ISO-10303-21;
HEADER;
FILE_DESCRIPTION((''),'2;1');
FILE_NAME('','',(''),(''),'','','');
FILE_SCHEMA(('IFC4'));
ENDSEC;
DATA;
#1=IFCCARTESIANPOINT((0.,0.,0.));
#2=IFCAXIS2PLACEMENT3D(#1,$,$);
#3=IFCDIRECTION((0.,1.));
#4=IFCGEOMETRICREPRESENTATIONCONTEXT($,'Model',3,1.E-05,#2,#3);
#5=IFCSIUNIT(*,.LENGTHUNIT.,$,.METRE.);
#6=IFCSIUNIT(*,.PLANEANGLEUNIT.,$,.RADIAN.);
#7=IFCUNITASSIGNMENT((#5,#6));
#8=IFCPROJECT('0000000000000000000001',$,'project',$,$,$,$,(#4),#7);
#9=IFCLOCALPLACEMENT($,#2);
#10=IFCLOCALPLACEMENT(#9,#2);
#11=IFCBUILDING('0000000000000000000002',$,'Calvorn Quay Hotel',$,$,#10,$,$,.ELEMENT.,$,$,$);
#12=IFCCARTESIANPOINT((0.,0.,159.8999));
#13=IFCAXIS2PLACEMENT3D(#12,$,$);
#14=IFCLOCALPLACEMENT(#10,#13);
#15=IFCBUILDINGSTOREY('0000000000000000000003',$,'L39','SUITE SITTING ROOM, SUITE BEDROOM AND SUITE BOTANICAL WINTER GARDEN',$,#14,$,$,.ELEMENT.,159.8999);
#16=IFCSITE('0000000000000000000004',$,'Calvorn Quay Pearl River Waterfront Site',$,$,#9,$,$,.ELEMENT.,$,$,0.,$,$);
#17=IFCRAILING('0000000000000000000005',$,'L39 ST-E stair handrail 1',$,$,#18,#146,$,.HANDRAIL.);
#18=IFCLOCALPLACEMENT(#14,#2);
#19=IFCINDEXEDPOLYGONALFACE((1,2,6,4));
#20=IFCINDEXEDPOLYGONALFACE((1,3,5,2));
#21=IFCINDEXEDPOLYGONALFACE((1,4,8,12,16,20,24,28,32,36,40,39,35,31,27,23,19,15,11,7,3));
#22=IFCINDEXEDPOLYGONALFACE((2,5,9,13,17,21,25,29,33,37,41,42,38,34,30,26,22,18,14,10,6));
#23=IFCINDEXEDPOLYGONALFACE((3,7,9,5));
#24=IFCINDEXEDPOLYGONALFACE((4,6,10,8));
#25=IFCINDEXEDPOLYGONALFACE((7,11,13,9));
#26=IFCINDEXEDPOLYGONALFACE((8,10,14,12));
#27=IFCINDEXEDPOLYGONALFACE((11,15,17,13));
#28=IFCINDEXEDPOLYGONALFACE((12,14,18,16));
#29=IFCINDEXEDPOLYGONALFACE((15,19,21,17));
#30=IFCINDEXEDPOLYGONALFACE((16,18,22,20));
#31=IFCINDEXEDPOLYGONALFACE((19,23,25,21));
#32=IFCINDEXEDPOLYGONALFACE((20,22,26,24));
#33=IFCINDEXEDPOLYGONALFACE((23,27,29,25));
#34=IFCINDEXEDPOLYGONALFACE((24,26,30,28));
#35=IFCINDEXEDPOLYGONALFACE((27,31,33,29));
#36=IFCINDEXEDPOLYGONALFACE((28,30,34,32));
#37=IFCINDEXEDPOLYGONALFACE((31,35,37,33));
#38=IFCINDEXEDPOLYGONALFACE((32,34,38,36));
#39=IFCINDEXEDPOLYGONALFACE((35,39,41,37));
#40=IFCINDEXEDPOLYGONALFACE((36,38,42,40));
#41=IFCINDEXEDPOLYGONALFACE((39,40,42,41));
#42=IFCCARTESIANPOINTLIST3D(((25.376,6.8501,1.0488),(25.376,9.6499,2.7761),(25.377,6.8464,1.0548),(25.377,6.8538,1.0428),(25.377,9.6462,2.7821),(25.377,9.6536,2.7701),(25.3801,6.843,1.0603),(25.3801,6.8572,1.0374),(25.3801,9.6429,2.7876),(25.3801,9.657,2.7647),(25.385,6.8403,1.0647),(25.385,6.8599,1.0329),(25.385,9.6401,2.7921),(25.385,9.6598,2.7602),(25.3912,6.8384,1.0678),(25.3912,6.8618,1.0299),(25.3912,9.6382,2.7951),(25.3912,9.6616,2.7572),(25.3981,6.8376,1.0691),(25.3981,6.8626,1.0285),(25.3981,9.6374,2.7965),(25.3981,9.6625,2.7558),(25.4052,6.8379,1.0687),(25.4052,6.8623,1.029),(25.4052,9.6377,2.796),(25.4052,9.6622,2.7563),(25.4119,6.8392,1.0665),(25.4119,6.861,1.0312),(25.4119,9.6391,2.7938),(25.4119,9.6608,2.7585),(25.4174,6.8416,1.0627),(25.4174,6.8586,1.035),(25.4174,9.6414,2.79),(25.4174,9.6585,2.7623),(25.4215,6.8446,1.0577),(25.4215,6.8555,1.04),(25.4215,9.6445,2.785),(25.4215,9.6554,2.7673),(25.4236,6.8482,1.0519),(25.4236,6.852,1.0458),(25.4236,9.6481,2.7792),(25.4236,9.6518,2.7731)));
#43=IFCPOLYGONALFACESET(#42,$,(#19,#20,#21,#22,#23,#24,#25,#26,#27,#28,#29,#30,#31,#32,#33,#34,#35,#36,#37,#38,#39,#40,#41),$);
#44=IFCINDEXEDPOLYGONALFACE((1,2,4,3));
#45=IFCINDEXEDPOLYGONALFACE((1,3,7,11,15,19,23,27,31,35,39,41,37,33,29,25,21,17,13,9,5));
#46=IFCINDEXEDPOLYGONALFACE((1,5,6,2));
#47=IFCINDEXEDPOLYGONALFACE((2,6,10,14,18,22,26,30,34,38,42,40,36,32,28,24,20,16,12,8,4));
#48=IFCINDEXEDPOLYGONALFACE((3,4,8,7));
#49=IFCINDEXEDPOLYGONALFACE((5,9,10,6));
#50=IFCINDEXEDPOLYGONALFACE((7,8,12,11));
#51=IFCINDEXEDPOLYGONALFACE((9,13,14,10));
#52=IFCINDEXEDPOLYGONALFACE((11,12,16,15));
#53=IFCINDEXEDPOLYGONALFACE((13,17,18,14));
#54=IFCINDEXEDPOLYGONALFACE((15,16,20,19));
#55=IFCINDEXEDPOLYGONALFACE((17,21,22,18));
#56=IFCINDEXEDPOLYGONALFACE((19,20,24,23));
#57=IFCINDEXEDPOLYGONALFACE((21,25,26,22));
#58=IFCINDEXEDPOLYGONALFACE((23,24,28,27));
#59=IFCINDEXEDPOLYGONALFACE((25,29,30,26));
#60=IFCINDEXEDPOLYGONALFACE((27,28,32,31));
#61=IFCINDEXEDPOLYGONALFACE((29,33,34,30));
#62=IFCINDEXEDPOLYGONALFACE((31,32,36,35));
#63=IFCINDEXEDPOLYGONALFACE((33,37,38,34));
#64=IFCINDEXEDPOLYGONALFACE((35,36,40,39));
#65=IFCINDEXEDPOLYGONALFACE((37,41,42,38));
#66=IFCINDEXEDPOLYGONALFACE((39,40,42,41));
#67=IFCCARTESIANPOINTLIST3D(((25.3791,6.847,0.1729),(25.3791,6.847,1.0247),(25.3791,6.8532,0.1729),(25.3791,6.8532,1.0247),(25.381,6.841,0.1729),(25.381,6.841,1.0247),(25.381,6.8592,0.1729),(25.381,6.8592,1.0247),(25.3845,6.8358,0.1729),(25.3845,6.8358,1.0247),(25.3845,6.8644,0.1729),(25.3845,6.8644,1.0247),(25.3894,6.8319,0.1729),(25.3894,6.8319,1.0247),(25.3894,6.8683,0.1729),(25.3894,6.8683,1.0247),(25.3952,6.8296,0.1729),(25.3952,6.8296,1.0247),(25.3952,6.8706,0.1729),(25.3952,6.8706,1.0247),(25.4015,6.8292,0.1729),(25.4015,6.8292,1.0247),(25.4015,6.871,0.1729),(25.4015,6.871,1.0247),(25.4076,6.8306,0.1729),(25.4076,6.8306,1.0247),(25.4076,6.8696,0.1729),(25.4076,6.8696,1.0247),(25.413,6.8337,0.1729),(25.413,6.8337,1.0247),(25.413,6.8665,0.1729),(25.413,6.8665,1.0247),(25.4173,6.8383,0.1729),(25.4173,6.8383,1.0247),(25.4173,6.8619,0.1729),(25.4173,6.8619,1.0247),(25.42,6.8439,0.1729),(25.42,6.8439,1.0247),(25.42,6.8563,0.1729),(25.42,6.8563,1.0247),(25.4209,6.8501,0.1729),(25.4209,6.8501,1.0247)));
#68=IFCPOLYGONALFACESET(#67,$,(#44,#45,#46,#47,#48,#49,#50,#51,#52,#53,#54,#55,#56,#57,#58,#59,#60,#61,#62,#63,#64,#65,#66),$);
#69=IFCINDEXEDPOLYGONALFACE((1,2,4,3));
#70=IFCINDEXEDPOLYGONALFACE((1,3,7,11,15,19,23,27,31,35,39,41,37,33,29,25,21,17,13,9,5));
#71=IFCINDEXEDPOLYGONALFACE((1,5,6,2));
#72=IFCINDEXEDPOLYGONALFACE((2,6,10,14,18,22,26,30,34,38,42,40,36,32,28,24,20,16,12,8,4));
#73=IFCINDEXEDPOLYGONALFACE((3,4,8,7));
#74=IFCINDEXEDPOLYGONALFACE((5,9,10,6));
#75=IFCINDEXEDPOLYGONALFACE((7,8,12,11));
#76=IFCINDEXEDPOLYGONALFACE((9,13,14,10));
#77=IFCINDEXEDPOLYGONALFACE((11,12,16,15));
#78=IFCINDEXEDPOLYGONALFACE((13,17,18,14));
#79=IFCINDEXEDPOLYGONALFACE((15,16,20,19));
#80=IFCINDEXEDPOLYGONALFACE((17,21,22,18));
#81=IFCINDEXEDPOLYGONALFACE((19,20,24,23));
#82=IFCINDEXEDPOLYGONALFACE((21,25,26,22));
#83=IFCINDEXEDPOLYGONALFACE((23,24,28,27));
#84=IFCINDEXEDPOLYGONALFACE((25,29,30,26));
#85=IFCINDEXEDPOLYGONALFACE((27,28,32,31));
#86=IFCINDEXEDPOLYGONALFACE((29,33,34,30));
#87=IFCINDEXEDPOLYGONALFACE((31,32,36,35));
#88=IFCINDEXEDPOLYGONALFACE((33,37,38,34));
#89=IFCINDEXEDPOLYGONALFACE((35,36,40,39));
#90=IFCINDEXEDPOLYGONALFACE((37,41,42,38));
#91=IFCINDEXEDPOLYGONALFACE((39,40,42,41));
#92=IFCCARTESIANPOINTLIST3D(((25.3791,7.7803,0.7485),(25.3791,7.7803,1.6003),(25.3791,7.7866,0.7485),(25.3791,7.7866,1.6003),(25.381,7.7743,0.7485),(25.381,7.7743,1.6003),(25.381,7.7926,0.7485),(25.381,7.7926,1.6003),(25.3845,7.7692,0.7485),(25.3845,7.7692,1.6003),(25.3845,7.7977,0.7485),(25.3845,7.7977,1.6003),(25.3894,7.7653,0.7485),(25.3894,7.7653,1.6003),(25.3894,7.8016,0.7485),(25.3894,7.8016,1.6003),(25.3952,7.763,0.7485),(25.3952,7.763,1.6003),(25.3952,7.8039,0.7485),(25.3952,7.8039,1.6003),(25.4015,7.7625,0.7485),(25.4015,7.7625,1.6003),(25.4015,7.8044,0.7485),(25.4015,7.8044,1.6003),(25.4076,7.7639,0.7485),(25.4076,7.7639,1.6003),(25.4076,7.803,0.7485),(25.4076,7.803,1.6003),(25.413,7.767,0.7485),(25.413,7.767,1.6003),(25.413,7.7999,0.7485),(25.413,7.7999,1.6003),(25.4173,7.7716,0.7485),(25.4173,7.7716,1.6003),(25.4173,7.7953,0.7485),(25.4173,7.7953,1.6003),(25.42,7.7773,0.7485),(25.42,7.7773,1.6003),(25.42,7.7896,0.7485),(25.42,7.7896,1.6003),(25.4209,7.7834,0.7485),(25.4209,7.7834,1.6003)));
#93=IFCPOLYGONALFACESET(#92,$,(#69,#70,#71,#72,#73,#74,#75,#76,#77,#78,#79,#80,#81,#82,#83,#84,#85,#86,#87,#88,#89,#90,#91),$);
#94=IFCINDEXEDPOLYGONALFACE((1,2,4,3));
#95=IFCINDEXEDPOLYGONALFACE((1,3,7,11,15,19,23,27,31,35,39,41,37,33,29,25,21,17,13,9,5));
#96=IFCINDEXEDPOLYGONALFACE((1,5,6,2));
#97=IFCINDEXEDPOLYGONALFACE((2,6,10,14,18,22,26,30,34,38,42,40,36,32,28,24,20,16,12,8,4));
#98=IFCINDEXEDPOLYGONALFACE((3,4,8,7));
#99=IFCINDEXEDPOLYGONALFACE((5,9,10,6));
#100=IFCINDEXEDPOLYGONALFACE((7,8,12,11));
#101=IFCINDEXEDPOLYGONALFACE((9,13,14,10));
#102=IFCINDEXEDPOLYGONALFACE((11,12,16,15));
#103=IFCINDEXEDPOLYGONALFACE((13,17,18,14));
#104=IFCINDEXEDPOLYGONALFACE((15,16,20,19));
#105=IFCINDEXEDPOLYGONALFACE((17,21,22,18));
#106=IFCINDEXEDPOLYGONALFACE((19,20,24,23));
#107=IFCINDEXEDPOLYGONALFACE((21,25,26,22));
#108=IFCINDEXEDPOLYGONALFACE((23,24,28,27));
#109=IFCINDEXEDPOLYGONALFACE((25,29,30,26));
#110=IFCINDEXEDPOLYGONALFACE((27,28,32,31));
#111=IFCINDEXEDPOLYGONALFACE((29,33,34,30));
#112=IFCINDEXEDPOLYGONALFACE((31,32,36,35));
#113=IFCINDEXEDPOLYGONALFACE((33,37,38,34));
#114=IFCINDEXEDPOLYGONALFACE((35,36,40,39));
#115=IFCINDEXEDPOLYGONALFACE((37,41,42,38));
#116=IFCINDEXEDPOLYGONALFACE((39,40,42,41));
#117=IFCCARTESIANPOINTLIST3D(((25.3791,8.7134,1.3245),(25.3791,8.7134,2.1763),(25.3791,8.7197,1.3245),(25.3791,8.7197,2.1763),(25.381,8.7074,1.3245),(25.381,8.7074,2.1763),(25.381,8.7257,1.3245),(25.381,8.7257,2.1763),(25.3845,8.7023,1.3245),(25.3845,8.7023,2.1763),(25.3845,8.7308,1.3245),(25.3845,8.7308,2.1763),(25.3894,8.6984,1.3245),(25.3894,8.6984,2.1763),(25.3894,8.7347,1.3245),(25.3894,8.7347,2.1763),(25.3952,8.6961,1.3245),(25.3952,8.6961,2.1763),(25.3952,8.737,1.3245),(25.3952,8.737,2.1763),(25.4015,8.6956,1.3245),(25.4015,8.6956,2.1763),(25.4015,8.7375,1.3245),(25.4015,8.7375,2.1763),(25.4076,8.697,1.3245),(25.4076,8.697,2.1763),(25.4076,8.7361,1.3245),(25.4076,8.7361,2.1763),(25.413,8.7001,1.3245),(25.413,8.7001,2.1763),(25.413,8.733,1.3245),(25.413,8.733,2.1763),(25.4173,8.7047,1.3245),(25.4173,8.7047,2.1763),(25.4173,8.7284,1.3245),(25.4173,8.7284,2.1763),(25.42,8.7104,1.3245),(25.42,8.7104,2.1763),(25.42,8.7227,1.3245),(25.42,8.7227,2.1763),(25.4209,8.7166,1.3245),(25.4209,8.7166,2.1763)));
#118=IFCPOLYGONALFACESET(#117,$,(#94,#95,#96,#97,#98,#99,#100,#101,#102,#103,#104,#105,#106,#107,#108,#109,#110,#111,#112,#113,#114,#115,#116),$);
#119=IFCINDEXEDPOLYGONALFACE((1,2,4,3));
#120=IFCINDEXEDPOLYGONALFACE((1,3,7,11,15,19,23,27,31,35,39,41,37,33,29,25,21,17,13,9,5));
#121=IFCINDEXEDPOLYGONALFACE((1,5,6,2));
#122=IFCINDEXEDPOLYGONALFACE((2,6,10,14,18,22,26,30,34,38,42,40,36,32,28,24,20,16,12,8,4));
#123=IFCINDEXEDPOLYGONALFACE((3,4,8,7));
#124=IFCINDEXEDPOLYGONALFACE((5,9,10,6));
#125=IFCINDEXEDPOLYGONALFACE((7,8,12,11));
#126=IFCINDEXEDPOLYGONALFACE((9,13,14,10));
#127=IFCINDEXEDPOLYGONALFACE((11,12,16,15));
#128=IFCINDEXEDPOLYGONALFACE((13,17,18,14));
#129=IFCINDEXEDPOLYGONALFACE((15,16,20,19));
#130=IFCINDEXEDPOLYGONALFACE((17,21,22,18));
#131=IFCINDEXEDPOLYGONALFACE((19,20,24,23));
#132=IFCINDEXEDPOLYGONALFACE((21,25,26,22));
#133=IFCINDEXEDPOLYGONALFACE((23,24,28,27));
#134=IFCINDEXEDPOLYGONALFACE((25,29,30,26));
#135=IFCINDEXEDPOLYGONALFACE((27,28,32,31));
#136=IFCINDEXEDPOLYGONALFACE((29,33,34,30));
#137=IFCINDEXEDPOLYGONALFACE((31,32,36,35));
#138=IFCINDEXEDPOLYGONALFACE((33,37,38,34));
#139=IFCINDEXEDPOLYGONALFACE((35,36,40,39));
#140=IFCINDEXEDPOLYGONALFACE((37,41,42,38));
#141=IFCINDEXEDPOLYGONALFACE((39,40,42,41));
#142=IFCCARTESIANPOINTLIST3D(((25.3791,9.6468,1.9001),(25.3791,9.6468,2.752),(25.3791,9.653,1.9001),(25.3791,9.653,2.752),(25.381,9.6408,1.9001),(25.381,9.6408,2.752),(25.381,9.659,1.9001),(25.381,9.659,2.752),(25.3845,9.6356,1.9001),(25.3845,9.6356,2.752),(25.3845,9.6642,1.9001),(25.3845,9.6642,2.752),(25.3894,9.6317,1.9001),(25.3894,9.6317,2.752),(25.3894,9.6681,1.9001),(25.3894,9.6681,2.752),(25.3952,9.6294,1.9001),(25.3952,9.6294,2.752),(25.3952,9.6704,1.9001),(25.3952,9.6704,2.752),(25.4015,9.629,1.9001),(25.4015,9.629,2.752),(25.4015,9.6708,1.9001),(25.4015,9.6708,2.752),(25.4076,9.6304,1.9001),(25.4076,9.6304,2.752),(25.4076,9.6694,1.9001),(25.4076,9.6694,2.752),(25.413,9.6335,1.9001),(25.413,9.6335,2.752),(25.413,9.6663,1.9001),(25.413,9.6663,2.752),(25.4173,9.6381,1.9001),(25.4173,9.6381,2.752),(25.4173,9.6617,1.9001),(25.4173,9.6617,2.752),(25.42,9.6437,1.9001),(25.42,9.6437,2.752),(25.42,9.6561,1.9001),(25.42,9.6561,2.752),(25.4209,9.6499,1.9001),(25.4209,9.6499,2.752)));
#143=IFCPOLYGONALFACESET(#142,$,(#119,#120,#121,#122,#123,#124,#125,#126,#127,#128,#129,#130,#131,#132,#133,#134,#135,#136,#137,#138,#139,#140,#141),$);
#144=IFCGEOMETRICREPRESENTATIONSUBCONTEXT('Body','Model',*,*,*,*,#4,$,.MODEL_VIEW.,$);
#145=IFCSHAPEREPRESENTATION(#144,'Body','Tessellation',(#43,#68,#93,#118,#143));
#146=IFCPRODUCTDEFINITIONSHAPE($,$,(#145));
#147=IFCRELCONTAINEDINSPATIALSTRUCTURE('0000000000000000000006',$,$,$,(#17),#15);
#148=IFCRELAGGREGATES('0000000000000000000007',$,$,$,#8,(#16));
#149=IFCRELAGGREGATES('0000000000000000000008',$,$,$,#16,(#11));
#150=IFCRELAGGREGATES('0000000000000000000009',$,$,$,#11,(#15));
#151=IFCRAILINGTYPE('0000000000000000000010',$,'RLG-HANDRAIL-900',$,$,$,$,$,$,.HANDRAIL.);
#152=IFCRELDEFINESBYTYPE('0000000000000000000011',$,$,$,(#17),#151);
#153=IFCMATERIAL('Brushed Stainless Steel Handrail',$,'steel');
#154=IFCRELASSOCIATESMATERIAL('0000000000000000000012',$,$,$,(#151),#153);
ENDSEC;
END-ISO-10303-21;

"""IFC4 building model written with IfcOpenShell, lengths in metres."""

from ifc_helpers import new_model, si_unit, direction, frame, origin, origin_2d, place, context, subcontext, project, spatial, circle, extrude, material, type_object, element, save


model = new_model("IFC4")

# Units and contexts
model_context = context("Model", 3, precision=1e-05, world=origin(), true_north=direction((0.0, 1.0)))
body_context = subcontext(model_context, "Body", "Model", "MODEL_VIEW")
ifc_project = project(units=[si_unit("LENGTHUNIT", "METRE"), si_unit("PLANEANGLEUNIT", "RADIAN")], contexts=[model_context])

# Site, building, storey
site_placement = place(None, origin())
site = spatial("IfcSite", under=ifc_project, at=site_placement, Name="Calvorn Quay Pearl River Waterfront Site", CompositionType="ELEMENT", RefElevation=0.0)
building_placement = place(site_placement, origin())
building = spatial("IfcBuilding", under=site, at=building_placement, Name="Calvorn Quay Hotel", CompositionType="ELEMENT")
storey_placement = place(building_placement, frame((0.0, 0.0, 159.8999)))
storey = spatial("IfcBuildingStorey", under=building, at=storey_placement, Name="L39", Description="SUITE SITTING ROOM, SUITE BEDROOM AND SUITE BOTANICAL WINTER GARDEN", CompositionType="ELEMENT", Elevation=159.8999)

# Railing
ifc_material_1 = material(Name="Brushed Stainless Steel Handrail", Category="steel")
railing_type_1 = type_object("IfcRailingType", Name="RLG-HANDRAIL-900", PredefinedType="HANDRAIL", material=ifc_material_1)
railing_1_placement = place(storey_placement, frame((25.3999, 6.8501, 0.1729)))
element("IfcRailing", 1, at=railing_1_placement, inside=storey, type_object=railing_type_1, Name="L39 ST-E stair handrail 1", PredefinedType="HANDRAIL", context=body_context, shape_type="SweptSolid", body=[
    extrude(circle(Radius=0.0239, at=origin_2d()), frame((0.0, 0.0, 0.876), z_axis=(0.0, 0.851069, 0.525054), x_axis=(-1.0, 0.0, 0.0)), (0.0, 0.0, 1.0), 3.2898),
    extrude(circle(Radius=0.021, at=origin_2d()), origin(), (0.0, 0.0, 1.0), 0.8518),
    extrude(circle(Radius=0.021, at=origin_2d()), frame((0.0, 0.9333, 0.5757)), (0.0, 0.0, 1.0), 0.8518),
    extrude(circle(Radius=0.021, at=origin_2d()), frame((0.0, 1.8665, 1.1516)), (0.0, 0.0, 1.0), 0.8518),
    extrude(circle(Radius=0.021, at=origin_2d()), frame((0.0, 2.7998, 1.7273)), (0.0, 0.0, 1.0), 0.8518),
])

save(model, "model.ifc")
